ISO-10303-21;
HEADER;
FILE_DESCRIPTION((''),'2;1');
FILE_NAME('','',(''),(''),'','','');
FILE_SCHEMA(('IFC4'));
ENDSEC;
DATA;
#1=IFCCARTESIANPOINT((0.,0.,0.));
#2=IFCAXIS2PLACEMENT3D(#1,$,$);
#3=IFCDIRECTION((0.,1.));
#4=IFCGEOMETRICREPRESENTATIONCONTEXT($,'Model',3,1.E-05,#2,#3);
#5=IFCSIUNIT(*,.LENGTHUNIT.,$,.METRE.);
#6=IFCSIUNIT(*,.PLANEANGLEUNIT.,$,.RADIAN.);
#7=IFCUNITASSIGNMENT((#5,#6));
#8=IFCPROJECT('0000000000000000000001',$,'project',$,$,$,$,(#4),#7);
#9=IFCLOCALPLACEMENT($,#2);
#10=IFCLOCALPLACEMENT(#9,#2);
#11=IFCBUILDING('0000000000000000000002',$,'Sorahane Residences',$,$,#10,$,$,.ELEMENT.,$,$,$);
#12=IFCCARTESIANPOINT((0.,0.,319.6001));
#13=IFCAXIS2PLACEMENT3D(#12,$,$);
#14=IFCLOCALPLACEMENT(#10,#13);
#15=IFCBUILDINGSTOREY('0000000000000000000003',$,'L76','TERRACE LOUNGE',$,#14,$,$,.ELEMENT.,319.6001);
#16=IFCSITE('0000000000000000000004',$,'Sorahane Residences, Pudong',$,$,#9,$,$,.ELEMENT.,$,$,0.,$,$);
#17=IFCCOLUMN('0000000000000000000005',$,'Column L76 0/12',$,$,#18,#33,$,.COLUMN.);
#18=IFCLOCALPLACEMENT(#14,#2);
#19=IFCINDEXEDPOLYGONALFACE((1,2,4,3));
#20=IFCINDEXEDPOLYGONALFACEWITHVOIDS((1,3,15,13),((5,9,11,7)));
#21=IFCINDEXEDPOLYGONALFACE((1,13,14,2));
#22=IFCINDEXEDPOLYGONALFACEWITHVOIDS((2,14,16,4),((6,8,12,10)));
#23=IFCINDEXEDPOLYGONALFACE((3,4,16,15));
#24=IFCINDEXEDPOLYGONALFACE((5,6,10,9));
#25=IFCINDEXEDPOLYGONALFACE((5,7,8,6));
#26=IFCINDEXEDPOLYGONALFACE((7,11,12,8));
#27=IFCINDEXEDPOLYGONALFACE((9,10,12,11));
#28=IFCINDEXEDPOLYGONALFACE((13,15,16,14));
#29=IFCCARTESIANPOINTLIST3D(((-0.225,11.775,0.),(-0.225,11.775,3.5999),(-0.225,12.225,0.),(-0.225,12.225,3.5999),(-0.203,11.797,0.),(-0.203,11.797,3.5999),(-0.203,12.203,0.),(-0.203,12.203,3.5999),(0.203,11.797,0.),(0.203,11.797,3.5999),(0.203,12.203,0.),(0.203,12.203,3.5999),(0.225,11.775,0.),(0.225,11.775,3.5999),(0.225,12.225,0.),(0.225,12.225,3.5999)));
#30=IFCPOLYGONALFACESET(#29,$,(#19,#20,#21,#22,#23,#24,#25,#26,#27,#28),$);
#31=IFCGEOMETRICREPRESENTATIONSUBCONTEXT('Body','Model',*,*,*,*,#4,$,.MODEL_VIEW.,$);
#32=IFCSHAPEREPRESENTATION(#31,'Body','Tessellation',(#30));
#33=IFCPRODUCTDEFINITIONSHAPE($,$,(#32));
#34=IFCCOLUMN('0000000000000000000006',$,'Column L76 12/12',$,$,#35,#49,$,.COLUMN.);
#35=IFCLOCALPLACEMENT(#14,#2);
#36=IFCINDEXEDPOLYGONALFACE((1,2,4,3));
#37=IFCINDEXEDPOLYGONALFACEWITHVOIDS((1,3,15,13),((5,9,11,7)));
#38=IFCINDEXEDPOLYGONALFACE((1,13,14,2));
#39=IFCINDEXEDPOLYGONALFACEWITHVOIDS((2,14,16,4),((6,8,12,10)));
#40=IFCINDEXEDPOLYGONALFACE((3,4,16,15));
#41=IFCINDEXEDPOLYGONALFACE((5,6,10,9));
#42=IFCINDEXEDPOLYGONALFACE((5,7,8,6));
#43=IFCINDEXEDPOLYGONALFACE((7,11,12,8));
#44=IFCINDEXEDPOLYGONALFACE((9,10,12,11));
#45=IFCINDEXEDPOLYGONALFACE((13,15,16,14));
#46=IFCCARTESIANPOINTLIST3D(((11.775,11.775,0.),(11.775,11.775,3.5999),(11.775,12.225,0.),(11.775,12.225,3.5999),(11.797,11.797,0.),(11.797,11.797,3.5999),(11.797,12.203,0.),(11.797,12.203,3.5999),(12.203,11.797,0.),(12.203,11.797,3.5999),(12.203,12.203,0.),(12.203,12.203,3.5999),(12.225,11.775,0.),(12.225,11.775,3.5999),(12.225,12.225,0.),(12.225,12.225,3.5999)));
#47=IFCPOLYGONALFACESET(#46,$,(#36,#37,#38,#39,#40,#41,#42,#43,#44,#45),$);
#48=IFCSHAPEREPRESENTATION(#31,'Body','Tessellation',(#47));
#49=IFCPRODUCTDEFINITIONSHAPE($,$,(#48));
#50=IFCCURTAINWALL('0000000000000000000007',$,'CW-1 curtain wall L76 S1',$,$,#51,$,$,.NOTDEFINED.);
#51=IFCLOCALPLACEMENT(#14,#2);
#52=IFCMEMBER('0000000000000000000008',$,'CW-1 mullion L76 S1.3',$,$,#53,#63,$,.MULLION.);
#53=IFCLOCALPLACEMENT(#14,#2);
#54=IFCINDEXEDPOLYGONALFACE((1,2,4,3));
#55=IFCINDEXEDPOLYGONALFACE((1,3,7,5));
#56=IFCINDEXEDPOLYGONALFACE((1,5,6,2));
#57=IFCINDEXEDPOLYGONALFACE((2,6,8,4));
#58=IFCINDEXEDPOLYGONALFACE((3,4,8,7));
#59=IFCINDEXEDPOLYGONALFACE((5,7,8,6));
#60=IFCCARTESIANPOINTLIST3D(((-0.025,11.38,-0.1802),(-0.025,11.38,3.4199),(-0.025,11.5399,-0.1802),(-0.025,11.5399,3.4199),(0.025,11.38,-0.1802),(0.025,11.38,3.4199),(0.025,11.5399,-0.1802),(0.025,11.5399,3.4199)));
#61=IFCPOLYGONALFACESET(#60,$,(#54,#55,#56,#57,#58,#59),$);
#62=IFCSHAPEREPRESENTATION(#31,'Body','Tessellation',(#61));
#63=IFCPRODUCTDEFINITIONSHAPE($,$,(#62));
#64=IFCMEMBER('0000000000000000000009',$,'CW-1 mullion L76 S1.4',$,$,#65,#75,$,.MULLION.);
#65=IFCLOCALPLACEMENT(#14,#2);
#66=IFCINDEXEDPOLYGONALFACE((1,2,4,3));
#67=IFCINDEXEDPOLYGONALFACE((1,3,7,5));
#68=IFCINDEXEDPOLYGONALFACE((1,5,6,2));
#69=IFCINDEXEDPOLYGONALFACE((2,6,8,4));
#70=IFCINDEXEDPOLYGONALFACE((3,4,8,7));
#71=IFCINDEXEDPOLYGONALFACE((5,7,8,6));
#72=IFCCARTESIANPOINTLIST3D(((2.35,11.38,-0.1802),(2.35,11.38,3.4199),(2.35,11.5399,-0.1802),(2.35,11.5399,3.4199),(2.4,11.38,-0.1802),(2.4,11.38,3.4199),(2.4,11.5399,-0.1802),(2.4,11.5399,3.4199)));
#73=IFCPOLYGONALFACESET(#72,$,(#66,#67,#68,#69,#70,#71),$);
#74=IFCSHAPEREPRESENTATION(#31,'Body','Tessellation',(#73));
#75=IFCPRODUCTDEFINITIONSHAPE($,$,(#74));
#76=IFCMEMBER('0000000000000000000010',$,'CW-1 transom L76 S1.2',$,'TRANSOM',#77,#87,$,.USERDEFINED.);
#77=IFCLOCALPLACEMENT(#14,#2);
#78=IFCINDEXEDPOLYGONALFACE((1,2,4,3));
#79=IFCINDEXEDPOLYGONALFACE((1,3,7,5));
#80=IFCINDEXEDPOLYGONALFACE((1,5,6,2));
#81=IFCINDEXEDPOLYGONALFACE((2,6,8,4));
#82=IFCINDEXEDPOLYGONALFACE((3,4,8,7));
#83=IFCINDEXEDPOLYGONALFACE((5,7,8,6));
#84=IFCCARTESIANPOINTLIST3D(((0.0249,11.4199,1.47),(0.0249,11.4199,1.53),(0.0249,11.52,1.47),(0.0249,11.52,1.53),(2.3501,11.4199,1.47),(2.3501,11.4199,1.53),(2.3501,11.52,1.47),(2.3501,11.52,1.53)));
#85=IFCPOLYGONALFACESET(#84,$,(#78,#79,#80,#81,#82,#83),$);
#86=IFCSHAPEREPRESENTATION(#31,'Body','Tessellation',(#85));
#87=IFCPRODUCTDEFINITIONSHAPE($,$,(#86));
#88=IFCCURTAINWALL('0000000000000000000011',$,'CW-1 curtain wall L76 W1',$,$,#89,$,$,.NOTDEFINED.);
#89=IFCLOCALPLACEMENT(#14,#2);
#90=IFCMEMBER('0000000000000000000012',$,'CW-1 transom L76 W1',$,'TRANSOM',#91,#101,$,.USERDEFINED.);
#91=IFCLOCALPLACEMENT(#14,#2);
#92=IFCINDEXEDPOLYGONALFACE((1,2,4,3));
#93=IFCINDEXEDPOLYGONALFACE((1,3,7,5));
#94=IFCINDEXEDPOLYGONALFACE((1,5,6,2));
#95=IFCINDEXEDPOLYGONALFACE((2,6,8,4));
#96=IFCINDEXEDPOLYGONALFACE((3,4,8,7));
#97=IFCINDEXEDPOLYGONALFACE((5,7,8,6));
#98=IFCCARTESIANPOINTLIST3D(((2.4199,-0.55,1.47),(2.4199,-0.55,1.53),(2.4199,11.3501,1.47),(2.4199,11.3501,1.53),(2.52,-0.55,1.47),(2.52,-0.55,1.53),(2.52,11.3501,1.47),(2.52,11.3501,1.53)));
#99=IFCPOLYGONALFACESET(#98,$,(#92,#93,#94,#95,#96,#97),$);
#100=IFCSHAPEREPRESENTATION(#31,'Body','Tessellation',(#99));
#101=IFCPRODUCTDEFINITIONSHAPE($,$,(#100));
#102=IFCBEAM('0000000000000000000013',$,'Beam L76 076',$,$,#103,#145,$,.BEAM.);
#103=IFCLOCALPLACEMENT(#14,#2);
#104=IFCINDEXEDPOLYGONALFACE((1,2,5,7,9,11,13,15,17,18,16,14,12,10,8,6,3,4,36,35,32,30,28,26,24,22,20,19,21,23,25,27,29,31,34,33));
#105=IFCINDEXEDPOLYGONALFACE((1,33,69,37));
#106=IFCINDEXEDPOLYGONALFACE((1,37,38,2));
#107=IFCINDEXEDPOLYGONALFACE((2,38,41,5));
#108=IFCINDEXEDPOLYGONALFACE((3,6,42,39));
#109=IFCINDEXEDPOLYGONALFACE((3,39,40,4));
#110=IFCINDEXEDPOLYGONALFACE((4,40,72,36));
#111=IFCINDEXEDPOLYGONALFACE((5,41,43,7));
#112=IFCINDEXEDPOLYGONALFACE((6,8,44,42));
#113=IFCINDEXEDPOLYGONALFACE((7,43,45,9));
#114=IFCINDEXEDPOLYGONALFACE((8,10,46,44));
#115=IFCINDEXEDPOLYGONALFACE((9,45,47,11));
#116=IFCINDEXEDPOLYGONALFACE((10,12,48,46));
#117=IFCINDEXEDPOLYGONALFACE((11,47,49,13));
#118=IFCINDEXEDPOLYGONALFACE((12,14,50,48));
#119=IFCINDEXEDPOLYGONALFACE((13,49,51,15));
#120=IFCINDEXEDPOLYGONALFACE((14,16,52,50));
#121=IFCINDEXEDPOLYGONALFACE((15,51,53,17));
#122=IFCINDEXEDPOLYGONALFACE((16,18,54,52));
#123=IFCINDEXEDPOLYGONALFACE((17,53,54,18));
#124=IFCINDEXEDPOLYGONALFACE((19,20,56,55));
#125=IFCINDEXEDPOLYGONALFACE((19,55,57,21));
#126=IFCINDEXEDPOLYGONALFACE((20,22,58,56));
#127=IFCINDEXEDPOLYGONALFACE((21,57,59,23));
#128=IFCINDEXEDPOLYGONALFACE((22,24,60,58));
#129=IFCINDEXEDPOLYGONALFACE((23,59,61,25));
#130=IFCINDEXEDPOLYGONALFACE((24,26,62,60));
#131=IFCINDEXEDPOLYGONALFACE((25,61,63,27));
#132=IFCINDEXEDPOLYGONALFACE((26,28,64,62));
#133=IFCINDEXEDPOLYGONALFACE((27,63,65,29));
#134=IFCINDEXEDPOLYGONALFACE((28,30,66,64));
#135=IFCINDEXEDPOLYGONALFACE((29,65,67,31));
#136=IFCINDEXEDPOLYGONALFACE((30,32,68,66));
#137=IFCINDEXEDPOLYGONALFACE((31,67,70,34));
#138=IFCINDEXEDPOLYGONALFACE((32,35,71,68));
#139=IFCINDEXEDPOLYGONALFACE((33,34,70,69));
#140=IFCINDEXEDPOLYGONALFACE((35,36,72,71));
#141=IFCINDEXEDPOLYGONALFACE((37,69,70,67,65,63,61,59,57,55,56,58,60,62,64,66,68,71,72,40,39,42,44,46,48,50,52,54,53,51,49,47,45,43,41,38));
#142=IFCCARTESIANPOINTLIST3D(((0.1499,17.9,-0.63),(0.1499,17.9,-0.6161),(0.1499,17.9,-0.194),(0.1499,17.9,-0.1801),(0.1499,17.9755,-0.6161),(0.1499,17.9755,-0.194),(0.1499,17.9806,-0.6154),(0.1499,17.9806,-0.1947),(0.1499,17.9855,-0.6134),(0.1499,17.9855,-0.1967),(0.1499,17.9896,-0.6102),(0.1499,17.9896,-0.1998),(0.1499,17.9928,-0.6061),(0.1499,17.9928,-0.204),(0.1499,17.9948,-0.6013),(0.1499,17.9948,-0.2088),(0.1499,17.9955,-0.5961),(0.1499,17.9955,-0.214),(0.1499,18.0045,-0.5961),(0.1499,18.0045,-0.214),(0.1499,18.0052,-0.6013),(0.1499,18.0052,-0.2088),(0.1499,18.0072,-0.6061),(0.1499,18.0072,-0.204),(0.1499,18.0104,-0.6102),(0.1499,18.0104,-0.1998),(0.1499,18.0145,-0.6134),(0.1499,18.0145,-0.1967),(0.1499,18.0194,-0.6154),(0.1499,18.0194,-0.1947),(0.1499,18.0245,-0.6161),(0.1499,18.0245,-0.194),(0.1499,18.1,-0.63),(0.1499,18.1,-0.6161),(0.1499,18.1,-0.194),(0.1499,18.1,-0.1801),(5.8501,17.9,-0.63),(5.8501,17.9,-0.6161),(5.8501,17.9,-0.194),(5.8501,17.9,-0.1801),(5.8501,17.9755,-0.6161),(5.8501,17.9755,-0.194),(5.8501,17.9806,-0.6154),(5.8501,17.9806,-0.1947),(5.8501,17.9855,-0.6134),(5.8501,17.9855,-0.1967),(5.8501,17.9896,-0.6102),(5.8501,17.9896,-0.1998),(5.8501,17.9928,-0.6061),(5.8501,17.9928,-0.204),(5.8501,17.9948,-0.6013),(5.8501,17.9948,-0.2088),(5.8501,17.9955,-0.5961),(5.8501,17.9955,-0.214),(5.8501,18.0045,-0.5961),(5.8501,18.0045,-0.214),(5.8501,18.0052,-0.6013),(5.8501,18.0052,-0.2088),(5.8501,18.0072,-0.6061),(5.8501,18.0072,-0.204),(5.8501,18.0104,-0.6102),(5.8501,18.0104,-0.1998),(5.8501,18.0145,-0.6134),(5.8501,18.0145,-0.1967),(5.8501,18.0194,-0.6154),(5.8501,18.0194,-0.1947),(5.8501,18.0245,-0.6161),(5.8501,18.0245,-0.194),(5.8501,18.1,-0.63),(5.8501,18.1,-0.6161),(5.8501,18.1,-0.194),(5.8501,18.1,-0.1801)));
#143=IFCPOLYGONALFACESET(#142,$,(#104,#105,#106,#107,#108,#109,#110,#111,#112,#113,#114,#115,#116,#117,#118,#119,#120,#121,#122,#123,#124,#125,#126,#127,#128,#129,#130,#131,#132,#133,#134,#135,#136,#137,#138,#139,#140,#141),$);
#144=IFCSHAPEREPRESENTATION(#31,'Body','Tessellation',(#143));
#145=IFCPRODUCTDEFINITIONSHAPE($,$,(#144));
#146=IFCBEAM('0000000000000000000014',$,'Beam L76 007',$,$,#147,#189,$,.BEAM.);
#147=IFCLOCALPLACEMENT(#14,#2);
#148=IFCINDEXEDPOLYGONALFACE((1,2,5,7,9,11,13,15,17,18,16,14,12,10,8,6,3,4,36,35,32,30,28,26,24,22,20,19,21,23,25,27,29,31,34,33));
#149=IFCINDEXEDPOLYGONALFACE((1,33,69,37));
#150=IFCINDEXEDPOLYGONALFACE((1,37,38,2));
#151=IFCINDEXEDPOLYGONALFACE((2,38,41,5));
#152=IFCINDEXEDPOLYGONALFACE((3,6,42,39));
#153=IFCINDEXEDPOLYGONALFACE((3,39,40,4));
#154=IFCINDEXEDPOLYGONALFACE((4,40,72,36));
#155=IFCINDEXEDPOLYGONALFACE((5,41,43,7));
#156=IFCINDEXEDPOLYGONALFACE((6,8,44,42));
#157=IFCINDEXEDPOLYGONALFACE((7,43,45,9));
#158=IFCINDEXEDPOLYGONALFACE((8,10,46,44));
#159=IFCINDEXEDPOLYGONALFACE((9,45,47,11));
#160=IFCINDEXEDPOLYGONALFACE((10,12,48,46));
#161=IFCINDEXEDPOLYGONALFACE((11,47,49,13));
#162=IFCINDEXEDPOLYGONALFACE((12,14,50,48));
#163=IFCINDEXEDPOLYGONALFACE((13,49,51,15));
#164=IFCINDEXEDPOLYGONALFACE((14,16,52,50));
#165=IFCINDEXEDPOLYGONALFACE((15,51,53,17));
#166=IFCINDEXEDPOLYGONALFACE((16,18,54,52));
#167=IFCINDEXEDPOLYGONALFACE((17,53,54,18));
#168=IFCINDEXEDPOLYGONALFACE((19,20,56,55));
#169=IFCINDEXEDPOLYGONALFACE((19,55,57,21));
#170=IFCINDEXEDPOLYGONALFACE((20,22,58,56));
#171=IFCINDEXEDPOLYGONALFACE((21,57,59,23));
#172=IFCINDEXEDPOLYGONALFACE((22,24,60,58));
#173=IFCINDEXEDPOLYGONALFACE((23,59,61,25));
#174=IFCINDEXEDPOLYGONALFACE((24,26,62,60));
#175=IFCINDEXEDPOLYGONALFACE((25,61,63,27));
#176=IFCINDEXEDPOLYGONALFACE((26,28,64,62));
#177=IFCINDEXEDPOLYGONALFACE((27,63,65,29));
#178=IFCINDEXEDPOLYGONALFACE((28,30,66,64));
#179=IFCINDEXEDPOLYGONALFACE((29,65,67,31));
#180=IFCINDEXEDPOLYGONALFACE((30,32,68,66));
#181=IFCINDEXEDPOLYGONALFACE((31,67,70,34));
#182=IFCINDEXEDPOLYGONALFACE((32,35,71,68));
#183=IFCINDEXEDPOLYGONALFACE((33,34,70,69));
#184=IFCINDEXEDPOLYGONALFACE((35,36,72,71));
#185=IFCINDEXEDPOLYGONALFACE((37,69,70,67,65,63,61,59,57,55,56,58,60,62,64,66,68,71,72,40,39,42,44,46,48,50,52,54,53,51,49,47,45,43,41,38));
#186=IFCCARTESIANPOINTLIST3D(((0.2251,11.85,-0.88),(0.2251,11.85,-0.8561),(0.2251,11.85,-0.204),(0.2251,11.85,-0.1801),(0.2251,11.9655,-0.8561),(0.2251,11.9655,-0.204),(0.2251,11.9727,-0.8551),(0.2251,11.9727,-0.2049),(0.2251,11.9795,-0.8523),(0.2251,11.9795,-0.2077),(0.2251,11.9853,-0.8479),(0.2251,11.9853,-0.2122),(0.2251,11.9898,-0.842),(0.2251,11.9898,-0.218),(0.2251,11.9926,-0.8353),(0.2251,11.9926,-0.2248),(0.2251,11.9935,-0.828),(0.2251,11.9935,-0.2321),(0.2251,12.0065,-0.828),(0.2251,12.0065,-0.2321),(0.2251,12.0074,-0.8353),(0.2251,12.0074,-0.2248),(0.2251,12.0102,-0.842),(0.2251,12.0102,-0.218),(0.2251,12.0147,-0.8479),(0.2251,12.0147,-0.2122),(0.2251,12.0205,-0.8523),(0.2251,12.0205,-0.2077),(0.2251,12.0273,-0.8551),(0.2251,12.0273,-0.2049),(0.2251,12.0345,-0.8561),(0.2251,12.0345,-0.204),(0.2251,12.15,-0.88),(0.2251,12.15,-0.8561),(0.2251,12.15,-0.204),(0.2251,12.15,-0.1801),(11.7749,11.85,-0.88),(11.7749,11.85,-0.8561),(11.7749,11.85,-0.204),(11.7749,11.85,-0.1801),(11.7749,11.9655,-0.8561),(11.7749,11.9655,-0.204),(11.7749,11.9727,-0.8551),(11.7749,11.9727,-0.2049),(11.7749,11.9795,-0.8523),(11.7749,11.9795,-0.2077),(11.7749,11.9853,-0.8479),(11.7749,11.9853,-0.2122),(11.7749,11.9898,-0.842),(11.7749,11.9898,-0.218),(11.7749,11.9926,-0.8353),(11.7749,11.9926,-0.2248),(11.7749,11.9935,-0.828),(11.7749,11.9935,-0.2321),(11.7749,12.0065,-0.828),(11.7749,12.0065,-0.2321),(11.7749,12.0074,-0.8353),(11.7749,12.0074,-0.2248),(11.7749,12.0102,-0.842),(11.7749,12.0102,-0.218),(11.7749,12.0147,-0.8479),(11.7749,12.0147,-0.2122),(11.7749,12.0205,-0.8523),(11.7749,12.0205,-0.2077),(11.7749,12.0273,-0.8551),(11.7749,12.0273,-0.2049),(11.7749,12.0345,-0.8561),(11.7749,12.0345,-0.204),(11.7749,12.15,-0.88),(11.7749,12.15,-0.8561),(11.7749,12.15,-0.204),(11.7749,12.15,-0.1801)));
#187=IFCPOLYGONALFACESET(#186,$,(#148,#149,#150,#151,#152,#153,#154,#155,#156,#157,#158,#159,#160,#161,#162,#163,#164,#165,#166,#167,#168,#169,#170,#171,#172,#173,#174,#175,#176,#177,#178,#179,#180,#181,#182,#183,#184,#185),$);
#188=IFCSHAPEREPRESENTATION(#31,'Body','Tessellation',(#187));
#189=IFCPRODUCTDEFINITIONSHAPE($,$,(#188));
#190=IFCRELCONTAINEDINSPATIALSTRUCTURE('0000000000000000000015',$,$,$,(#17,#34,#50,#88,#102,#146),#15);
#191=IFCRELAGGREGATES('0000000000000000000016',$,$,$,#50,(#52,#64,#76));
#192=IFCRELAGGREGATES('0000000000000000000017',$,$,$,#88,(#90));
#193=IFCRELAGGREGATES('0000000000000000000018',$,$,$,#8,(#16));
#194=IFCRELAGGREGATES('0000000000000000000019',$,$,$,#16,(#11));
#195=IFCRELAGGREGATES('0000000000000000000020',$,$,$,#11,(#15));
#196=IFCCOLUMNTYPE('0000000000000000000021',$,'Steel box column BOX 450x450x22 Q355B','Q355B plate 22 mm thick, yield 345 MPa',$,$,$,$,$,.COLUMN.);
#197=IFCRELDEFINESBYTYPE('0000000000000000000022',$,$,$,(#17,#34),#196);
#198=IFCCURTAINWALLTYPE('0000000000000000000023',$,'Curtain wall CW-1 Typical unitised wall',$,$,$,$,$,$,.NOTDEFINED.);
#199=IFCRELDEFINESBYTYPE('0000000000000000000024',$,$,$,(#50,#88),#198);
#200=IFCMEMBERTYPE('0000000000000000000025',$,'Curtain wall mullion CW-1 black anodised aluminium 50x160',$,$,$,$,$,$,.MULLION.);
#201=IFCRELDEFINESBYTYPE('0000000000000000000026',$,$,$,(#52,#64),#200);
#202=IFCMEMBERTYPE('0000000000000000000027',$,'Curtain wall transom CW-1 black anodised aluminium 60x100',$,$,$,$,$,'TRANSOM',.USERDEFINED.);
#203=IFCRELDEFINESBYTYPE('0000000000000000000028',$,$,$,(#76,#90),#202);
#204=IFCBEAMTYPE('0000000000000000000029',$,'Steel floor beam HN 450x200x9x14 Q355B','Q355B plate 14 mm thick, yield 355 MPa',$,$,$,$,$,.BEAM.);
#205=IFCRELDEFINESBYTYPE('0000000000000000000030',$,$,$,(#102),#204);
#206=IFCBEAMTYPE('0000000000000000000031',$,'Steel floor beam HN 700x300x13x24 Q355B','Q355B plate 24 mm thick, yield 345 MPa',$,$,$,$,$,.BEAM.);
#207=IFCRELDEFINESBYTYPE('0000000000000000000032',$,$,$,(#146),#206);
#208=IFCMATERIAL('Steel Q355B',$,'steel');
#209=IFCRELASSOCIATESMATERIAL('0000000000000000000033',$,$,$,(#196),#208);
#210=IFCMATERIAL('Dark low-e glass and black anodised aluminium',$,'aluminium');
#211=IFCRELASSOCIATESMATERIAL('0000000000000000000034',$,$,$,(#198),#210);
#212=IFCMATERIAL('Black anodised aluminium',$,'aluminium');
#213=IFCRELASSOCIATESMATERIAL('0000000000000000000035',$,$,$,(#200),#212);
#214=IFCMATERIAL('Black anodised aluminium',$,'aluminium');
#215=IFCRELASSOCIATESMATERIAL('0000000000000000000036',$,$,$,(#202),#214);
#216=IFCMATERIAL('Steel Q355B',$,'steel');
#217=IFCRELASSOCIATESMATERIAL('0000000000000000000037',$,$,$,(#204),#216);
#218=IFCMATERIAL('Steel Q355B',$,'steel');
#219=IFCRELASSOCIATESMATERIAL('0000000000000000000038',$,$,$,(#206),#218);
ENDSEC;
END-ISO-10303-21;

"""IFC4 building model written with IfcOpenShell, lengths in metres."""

from ifc_helpers import new_model, si_unit, direction, frame, origin, origin_2d, place, context, subcontext, project, spatial, rectangle, hollow_rectangle, i_section, extrude, material, material_profile, profile_set, type_object, element, aggregate, save


model = new_model("IFC4")

# Units and contexts
model_context = context("Model", 3, precision=1e-05, world=origin(), true_north=direction((0.0, 1.0)))
body_context = subcontext(model_context, "Body", "Model", "MODEL_VIEW")
ifc_project = project(units=[si_unit("LENGTHUNIT", "METRE"), si_unit("PLANEANGLEUNIT", "RADIAN")], contexts=[model_context])

# Site, building, storey
site_placement = place(None, origin())
site = spatial("IfcSite", under=ifc_project, at=site_placement, Name="Sorahane Residences, Pudong", CompositionType="ELEMENT", RefElevation=0.0)
building_placement = place(site_placement, origin())
building = spatial("IfcBuilding", under=site, at=building_placement, Name="Sorahane Residences", CompositionType="ELEMENT")
storey_placement = place(building_placement, frame((0.0, 0.0, 319.6001)))
storey = spatial("IfcBuildingStorey", under=building, at=storey_placement, Name="L76", Description="TERRACE LOUNGE", CompositionType="ELEMENT", Elevation=319.6001)

# Columns
ifc_material_1 = material(Name="Steel Q355B", Category="steel")
ifc_material_profile_1 = material_profile(ifc_material_1, hollow_rectangle(XDim=0.45, YDim=0.45, WallThickness=0.022, at=origin_2d()), Name="BOX 450x450x22")
ifc_profile_set_1 = profile_set([ifc_material_profile_1], Name="Steel Q355B")
column_type = type_object("IfcColumnType", Name="Steel box column BOX 450x450x22 Q355B", Description="Q355B plate 22 mm thick, yield 345 MPa", PredefinedType="COLUMN", material=ifc_profile_set_1)
for number, where, z_axis, x_axis, name in (
    (1, (0.0, 12.0, 0.0), (0.0, 0.0, 1.0), (1.0, 0.0, 0.0), "Column L76 0/12"),
    (2, (12.0, 12.0, 0.0), (0.0, 0.0, 1.0), (1.0, 0.0, 0.0), "Column L76 12/12"),
):
    element("IfcColumn", number, at=place(storey_placement, frame(where, z_axis=z_axis, x_axis=x_axis)), inside=storey, type_object=column_type, Name=name, PredefinedType="COLUMN", context=body_context, shape_type="SweptSolid", body=[
        extrude(hollow_rectangle(XDim=0.45, YDim=0.45, WallThickness=0.022, at=origin_2d()), origin(), (0.0, 0.0, 1.0), 3.5999),
    ])

# Curtain wall, members
ifc_material_2 = material(Name="Dark low-e glass and black anodised aluminium", Category="aluminium")
curtain_wall_type = type_object("IfcCurtainWallType", Name="Curtain wall CW-1 Typical unitised wall", PredefinedType="NOTDEFINED", material=ifc_material_2)
curtain_wall_1_placement = place(storey_placement, origin())
curtain_wall_1 = element("IfcCurtainWall", 3, at=curtain_wall_1_placement, inside=storey, type_object=curtain_wall_type, Name="CW-1 curtain wall L76 S1", PredefinedType="NOTDEFINED")
ifc_material_3 = material(Name="Black anodised aluminium", Category="aluminium")
ifc_material_profile_2 = material_profile(ifc_material_3, rectangle(XDim=0.1599, YDim=0.05, at=origin_2d()), Name="Curtain wall mullion CW-1 black anodised aluminium 50x160")
ifc_profile_set_2 = profile_set([ifc_material_profile_2], Name="Black anodised aluminium")
member_type_1 = type_object("IfcMemberType", Name="Curtain wall mullion CW-1 black anodised aluminium 50x160", PredefinedType="MULLION", material=ifc_profile_set_2)
member_1_placement = place(storey_placement, frame((0.0, 11.46, -0.1802), z_axis=(0.0, 0.0, 1.0), x_axis=(0.0, -1.0, 0.0)))
member_1 = element("IfcMember", 4, at=member_1_placement, type_object=member_type_1, Name="CW-1 mullion L76 S1.3", PredefinedType="MULLION", context=body_context, shape_type="SweptSolid", body=[
    extrude(rectangle(XDim=0.1599, YDim=0.05, at=origin_2d()), origin(), (0.0, 0.0, 1.0), 3.6001),
])
member_2_placement = place(storey_placement, frame((2.375, 11.46, -0.1802), z_axis=(0.0, 0.0, 1.0), x_axis=(0.0, -1.0, 0.0)))
member_2 = element("IfcMember", 5, at=member_2_placement, type_object=member_type_1, Name="CW-1 mullion L76 S1.4", PredefinedType="MULLION", context=body_context, shape_type="SweptSolid", body=[
    extrude(rectangle(XDim=0.1599, YDim=0.05, at=origin_2d()), origin(), (0.0, 0.0, 1.0), 3.6001),
])
ifc_material_4 = material(Name="Black anodised aluminium", Category="aluminium")
ifc_material_profile_3 = material_profile(ifc_material_4, rectangle(XDim=0.1001, YDim=0.0601, at=origin_2d()), Name="Curtain wall transom CW-1 black anodised aluminium 60x100")
ifc_profile_set_3 = profile_set([ifc_material_profile_3], Name="Black anodised aluminium")
member_type_2 = type_object("IfcMemberType", Name="Curtain wall transom CW-1 black anodised aluminium 60x100", ElementType="TRANSOM", PredefinedType="USERDEFINED", material=ifc_profile_set_3)
member_3_placement = place(storey_placement, frame((0.0249, 11.47, 1.5), z_axis=(1.0, 0.0, 0.0), x_axis=(0.0, 1.0, 0.0)))
member_3 = element("IfcMember", 6, at=member_3_placement, type_object=member_type_2, Name="CW-1 transom L76 S1.2", ObjectType="TRANSOM", PredefinedType="USERDEFINED", context=body_context, shape_type="SweptSolid", body=[
    extrude(rectangle(XDim=0.1001, YDim=0.0601, at=origin_2d()), origin(), (0.0, 0.0, 1.0), 2.3252),
])

# Curtain wall, member
curtain_wall_2_placement = place(storey_placement, origin())
curtain_wall_2 = element("IfcCurtainWall", 7, at=curtain_wall_2_placement, inside=storey, type_object=curtain_wall_type, Name="CW-1 curtain wall L76 W1", PredefinedType="NOTDEFINED")
member_4_placement = place(storey_placement, frame((2.47, 11.3501, 1.5), z_axis=(0.0, -1.0, 0.0), x_axis=(1.0, 0.0, 0.0)))
member_4 = element("IfcMember", 8, at=member_4_placement, type_object=member_type_2, Name="CW-1 transom L76 W1", ObjectType="TRANSOM", PredefinedType="USERDEFINED", context=body_context, shape_type="SweptSolid", body=[
    extrude(rectangle(XDim=0.1001, YDim=0.0601, at=origin_2d()), origin(), (0.0, 0.0, 1.0), 11.9001),
])

# Beams
ifc_material_5 = material(Name="Steel Q355B", Category="steel")
ifc_material_profile_4 = material_profile(ifc_material_5, i_section(OverallWidth=0.2, OverallDepth=0.45, WebThickness=0.009, FlangeThickness=0.0139, FilletRadius=0.02, at=origin_2d()), Name="HN 450x200x9x14")
ifc_profile_set_4 = profile_set([ifc_material_profile_4], Name="Steel Q355B")
beam_type_1 = type_object("IfcBeamType", Name="Steel floor beam HN 450x200x9x14 Q355B", Description="Q355B plate 14 mm thick, yield 355 MPa", PredefinedType="BEAM", material=ifc_profile_set_4)
beam_1_placement = place(storey_placement, frame((0.1499, 18.0, -0.405), z_axis=(1.0, 0.0, 0.0), x_axis=(0.0, 1.0, 0.0)))
element("IfcBeam", 9, at=beam_1_placement, inside=storey, type_object=beam_type_1, Name="Beam L76 076", PredefinedType="BEAM", context=body_context, shape_type="SweptSolid", body=[
    extrude(i_section(OverallWidth=0.2, OverallDepth=0.45, WebThickness=0.009, FlangeThickness=0.0139, FilletRadius=0.02, at=origin_2d()), origin(), (0.0, 0.0, 1.0), 5.7002),
])
ifc_material_6 = material(Name="Steel Q355B", Category="steel")
ifc_material_profile_5 = material_profile(ifc_material_6, i_section(OverallWidth=0.3, OverallDepth=0.7, WebThickness=0.0129, FlangeThickness=0.0239, FilletRadius=0.0281, at=origin_2d()), Name="HN 700x300x13x24")
ifc_profile_set_5 = profile_set([ifc_material_profile_5], Name="Steel Q355B")
beam_type_2 = type_object("IfcBeamType", Name="Steel floor beam HN 700x300x13x24 Q355B", Description="Q355B plate 24 mm thick, yield 345 MPa", PredefinedType="BEAM", material=ifc_profile_set_5)
for number, where, z_axis, x_axis, name in (
    (10, (0.2251, 12.0, -0.53), (1.0, 0.0, 0.0), (0.0, 1.0, 0.0), "Beam L76 007"),
):
    element("IfcBeam", number, at=place(storey_placement, frame(where, z_axis=z_axis, x_axis=x_axis)), inside=storey, type_object=beam_type_2, Name=name, PredefinedType="BEAM", context=body_context, shape_type="SweptSolid", body=[
        extrude(i_section(OverallWidth=0.3, OverallDepth=0.7, WebThickness=0.0129, FlangeThickness=0.0239, FilletRadius=0.0281, at=origin_2d()), origin(), (0.0, 0.0, 1.0), 11.5498),
    ])

aggregate(curtain_wall_1, [member_1, member_2, member_3])
aggregate(curtain_wall_2, [member_4])

save(model, "model.ifc")
